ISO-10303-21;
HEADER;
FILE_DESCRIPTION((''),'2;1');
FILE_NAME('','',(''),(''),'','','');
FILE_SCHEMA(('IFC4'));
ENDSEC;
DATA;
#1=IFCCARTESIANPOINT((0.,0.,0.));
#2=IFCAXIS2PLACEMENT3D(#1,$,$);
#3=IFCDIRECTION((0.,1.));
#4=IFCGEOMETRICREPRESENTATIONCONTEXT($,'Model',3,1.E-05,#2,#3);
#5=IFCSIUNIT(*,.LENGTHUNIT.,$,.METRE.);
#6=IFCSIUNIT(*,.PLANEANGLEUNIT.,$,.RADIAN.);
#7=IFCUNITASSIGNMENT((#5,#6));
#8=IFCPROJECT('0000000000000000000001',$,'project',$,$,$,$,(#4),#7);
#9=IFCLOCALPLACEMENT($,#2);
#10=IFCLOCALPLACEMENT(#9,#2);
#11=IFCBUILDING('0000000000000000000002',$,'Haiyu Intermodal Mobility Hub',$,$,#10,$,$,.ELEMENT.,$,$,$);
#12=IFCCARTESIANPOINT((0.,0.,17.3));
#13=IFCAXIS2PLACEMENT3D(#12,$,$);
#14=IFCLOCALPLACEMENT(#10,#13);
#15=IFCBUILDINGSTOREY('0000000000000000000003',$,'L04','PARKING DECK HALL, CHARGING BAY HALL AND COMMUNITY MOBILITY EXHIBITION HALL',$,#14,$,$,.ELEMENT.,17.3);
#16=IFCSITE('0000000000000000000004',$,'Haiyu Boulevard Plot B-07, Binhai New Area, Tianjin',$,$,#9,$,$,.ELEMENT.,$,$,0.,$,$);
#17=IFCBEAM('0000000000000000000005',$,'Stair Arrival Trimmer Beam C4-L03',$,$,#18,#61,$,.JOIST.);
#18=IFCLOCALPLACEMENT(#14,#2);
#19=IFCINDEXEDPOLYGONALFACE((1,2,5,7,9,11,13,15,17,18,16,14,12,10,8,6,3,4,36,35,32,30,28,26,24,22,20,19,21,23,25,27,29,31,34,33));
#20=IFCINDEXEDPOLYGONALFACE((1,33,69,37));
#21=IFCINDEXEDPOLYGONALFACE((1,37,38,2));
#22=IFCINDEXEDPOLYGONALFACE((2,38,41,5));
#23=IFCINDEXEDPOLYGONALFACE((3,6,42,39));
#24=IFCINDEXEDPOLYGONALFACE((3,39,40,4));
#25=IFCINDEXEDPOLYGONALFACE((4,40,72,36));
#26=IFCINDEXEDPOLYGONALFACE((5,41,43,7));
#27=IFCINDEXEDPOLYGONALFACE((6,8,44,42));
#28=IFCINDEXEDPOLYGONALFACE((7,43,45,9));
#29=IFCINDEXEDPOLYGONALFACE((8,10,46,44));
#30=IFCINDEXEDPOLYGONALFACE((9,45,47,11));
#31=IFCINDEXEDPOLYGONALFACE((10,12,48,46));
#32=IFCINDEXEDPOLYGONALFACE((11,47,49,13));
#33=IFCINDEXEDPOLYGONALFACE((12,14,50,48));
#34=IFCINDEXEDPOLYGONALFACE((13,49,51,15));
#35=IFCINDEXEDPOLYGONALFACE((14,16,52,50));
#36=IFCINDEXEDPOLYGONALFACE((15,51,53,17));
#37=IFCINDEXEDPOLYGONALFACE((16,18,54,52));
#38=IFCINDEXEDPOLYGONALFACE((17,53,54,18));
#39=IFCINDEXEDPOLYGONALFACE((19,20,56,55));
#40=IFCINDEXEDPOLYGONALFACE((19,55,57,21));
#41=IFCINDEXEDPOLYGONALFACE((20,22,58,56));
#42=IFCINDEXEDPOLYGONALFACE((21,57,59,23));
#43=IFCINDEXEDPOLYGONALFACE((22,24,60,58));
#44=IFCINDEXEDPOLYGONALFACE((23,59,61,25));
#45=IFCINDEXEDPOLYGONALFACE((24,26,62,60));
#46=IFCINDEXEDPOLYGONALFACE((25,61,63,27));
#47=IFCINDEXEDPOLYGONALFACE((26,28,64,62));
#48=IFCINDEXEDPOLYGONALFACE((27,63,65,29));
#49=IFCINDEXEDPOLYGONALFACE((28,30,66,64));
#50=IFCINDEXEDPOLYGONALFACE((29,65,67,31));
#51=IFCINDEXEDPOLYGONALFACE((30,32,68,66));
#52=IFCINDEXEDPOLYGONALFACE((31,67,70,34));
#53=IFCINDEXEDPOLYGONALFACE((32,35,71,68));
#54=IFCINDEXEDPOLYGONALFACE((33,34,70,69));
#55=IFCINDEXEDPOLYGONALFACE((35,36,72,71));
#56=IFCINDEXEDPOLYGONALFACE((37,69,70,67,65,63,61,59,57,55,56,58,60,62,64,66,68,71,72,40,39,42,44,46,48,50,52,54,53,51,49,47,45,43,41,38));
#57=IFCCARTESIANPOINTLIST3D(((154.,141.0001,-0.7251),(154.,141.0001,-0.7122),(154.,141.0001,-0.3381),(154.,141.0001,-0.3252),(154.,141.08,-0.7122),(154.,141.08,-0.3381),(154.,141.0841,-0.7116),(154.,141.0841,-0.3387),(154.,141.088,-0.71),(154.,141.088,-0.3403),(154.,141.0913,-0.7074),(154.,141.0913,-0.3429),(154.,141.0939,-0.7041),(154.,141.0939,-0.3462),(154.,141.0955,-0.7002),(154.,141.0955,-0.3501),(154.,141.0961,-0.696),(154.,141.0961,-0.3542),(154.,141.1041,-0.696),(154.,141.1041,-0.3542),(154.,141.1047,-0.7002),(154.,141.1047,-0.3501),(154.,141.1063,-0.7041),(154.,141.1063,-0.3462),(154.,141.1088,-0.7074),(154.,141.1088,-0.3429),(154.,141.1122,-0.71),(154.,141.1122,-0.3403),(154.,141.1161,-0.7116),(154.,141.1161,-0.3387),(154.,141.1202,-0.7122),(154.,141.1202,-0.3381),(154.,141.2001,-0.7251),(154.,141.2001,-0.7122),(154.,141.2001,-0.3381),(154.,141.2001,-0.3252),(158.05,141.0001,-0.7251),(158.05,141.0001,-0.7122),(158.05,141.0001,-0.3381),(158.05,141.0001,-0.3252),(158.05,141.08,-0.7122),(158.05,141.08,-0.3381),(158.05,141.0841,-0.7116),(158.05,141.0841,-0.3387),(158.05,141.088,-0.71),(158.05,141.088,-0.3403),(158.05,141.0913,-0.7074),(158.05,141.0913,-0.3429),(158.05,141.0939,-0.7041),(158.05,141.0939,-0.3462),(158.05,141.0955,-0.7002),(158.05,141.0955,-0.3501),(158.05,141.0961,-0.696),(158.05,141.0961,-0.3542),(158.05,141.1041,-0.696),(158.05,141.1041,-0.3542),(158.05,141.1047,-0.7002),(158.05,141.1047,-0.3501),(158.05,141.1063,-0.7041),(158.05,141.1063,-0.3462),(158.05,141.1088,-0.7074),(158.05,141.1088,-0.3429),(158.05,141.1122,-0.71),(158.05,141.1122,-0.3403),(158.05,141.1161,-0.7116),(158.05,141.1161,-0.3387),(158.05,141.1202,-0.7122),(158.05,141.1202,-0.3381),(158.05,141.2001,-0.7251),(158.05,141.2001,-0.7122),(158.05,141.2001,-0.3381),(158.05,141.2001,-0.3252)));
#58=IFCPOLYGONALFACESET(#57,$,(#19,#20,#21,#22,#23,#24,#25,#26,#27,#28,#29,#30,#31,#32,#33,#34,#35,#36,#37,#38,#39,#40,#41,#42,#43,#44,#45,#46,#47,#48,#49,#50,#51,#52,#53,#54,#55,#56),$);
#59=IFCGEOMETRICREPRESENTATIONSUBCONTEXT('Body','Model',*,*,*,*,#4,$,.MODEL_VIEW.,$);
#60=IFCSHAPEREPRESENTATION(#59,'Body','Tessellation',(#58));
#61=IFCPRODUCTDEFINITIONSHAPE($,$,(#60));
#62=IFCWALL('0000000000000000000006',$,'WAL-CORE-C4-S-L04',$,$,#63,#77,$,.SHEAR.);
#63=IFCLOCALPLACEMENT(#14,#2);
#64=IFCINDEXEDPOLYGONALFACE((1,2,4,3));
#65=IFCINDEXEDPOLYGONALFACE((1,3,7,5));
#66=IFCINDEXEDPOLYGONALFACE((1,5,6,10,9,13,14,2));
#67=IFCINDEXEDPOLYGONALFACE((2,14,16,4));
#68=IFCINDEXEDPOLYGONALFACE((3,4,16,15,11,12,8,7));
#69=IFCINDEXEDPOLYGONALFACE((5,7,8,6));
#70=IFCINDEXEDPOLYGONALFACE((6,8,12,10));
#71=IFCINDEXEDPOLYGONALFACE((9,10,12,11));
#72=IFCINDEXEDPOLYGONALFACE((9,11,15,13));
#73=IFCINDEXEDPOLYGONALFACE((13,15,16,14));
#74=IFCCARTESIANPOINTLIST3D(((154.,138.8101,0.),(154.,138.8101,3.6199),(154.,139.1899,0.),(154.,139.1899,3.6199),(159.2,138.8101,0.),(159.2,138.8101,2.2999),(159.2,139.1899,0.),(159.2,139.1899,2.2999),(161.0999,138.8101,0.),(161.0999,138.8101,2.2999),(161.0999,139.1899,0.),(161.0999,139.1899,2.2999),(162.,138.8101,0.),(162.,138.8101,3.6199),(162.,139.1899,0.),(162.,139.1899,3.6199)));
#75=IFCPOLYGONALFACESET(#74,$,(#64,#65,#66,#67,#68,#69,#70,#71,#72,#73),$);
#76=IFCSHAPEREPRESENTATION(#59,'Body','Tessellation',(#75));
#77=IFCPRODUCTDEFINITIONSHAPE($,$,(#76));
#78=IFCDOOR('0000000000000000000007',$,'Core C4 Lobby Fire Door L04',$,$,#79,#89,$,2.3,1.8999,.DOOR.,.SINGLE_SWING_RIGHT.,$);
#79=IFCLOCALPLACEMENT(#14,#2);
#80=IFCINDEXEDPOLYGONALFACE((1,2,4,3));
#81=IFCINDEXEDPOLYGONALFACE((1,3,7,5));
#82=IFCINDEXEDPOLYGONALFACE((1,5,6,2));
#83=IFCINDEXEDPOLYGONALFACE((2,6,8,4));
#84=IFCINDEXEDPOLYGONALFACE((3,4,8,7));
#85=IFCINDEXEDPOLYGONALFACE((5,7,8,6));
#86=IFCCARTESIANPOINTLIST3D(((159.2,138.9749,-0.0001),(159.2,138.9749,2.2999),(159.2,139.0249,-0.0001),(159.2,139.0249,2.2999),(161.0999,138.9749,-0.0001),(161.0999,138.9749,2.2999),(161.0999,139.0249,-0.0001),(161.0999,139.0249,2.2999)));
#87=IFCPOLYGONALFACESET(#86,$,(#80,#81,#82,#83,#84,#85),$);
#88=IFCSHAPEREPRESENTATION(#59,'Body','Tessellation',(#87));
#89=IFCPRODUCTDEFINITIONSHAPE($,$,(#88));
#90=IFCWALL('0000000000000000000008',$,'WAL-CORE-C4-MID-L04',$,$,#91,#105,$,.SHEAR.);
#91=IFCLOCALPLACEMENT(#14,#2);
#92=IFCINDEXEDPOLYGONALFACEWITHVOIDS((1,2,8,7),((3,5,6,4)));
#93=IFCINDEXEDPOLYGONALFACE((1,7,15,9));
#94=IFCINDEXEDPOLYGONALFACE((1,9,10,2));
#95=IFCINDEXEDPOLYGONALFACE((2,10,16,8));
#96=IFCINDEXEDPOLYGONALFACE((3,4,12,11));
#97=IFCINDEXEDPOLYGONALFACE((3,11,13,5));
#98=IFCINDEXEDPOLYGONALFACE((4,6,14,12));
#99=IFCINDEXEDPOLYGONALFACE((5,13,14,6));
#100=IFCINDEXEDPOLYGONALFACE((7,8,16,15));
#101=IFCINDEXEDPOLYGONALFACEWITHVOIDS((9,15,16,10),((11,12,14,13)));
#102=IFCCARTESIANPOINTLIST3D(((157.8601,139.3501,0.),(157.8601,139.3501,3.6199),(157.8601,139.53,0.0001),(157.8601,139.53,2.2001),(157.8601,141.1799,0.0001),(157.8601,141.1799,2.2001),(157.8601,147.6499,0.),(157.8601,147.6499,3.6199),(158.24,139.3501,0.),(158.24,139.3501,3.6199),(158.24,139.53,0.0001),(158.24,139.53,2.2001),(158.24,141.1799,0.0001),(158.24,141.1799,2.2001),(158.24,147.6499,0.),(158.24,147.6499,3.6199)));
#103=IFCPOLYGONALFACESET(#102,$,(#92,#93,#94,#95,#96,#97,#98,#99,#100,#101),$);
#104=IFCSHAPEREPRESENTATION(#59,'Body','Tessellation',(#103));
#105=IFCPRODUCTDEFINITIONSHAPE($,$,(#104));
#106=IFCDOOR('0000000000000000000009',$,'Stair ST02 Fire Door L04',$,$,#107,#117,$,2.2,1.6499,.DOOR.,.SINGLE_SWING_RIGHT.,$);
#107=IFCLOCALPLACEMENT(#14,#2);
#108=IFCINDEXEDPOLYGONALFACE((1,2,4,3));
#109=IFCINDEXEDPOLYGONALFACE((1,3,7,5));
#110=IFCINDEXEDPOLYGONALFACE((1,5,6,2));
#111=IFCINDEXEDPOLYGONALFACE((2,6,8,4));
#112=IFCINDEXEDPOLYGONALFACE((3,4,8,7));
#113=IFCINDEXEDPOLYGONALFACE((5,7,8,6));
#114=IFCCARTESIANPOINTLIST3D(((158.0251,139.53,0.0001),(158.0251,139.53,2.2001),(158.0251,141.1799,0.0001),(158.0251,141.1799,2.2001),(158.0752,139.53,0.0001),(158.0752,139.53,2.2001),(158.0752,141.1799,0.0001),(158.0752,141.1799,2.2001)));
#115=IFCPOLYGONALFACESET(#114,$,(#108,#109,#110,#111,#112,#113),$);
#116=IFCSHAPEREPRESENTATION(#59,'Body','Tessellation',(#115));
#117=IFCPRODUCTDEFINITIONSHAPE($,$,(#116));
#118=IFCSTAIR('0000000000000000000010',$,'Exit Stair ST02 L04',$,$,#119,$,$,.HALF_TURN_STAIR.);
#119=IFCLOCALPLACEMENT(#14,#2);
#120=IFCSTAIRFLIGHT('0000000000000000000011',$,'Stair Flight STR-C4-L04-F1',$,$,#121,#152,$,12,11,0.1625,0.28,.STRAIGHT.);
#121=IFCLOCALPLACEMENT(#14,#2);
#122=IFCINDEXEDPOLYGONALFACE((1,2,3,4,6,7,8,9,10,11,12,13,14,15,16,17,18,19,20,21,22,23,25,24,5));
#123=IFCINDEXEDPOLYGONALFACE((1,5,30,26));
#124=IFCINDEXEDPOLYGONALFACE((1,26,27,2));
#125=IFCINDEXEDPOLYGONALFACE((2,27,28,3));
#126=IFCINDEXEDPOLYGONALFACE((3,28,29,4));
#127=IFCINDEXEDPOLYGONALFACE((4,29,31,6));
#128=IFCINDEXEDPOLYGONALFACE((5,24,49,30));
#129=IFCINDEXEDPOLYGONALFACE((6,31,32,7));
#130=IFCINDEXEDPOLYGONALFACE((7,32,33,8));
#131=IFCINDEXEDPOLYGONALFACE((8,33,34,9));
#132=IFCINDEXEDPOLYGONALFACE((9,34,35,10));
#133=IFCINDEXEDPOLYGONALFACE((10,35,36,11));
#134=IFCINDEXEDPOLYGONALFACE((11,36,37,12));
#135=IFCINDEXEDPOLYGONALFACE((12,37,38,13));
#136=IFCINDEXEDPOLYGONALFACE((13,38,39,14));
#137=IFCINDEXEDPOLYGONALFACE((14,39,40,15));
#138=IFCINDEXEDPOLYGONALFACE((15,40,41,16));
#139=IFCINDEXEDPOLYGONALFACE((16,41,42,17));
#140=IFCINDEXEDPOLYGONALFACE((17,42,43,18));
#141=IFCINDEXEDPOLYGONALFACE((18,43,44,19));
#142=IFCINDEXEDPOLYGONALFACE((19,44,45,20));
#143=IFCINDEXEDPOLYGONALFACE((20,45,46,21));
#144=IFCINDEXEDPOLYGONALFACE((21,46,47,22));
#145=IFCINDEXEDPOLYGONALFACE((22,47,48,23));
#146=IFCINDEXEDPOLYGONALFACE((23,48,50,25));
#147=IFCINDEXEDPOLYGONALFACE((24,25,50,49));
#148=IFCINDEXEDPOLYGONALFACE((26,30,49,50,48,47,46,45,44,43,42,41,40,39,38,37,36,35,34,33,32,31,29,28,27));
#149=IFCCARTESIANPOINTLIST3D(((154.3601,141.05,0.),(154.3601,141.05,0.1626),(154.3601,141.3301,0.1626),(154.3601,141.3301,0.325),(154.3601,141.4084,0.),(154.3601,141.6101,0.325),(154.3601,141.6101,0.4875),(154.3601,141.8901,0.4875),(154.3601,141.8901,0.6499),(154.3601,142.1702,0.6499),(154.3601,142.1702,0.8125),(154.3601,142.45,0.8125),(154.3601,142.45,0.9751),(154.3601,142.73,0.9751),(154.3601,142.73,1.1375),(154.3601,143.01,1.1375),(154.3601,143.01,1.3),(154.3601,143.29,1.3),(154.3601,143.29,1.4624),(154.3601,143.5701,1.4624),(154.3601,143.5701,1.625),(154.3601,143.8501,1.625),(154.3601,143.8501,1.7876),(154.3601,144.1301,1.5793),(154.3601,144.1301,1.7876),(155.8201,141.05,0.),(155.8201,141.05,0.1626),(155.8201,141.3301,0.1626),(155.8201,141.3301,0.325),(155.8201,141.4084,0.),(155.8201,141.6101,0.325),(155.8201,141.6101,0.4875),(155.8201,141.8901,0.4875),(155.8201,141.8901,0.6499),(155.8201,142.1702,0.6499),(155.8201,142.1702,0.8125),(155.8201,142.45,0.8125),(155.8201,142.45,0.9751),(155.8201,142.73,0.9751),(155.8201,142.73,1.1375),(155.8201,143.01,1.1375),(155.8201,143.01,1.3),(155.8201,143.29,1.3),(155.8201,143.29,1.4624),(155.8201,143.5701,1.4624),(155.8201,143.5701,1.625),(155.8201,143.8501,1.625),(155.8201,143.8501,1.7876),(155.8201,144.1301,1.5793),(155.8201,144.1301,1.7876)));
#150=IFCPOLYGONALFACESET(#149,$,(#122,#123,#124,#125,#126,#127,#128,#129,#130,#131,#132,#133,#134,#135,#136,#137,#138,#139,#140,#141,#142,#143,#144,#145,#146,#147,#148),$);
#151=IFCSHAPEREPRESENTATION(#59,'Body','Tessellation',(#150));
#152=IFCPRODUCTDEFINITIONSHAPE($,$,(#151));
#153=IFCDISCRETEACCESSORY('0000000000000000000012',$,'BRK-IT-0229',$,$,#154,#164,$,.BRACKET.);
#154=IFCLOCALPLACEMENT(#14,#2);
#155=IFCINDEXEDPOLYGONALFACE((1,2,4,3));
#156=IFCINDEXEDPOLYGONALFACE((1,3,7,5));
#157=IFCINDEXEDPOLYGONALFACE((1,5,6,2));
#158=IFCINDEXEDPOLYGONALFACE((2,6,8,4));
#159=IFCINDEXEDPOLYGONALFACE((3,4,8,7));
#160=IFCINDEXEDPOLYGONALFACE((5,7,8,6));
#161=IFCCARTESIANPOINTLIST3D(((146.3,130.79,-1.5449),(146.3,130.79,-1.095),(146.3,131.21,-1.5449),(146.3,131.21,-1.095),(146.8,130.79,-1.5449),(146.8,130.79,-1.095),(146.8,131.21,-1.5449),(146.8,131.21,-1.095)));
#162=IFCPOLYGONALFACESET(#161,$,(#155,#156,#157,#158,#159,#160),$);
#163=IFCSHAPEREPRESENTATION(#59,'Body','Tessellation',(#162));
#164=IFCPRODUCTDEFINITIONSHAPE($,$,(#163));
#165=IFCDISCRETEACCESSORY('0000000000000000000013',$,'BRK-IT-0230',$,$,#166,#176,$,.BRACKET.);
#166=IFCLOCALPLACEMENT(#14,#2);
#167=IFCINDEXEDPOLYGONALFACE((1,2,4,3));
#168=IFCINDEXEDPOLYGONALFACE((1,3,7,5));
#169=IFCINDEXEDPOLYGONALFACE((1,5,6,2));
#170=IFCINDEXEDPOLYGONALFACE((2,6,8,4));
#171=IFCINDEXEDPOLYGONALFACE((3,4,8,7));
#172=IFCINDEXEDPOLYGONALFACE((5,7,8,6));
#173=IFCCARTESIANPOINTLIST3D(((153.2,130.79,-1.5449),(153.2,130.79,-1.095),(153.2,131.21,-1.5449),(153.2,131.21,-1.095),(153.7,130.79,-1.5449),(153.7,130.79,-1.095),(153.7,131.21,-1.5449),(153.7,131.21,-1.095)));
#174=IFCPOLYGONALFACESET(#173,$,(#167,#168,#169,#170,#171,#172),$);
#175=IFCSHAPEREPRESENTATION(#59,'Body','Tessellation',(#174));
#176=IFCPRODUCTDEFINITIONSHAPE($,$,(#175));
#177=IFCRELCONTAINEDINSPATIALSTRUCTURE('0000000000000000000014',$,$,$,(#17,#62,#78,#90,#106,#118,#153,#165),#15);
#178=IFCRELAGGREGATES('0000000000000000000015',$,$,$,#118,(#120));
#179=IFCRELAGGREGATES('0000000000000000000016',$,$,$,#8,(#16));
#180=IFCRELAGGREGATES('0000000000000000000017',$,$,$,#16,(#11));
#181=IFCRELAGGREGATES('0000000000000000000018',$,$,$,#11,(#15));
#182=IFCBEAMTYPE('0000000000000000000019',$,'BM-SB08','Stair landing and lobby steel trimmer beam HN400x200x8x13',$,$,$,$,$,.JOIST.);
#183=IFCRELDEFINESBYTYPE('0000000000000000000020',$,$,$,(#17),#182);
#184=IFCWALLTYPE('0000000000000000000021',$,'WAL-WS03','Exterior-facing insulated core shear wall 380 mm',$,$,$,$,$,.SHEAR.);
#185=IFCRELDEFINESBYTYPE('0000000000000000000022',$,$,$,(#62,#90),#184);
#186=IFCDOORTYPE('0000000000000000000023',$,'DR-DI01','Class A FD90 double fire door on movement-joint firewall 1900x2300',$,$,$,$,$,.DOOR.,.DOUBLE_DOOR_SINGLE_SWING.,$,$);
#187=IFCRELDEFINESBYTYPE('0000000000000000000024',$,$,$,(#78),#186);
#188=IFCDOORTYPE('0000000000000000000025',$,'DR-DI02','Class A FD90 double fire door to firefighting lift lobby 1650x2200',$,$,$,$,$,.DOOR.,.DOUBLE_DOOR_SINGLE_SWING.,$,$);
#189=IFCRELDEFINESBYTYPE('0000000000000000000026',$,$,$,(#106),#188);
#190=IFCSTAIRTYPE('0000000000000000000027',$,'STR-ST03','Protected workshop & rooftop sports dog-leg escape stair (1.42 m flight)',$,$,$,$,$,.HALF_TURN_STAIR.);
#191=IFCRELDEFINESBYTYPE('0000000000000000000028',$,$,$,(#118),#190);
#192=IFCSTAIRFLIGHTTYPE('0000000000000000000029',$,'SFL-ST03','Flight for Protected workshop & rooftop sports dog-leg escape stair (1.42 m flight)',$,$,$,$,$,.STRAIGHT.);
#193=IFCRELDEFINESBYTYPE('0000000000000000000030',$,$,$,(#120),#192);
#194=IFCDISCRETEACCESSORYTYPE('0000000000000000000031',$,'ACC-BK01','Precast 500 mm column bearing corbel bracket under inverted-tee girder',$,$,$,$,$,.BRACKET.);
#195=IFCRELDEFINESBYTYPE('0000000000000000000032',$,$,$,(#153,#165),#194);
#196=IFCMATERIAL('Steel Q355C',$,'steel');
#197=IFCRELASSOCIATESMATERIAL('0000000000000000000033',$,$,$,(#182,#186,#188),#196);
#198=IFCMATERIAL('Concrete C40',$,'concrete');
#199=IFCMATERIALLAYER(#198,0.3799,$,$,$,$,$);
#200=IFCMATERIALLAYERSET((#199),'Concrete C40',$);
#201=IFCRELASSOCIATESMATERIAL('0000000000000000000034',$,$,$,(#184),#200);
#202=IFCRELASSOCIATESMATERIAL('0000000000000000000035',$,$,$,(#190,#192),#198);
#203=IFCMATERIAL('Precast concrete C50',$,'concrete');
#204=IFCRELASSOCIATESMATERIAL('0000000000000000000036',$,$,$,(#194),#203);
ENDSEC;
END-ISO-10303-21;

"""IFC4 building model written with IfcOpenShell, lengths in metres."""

from ifc_helpers import new_model, si_unit, direction, frame, frame_2d, origin, origin_2d, place, context, subcontext, project, spatial, polyline, rectangle, i_section, outline, extrude, material, layer, layer_set, material_profile, profile_set, type_object, element, fill, aggregate, save


model = new_model("IFC4")

# Units and contexts
model_context = context("Model", 3, precision=1e-05, world=origin(), true_north=direction((0.0, 1.0)))
body_context = subcontext(model_context, "Body", "Model", "MODEL_VIEW")
ifc_project = project(units=[si_unit("LENGTHUNIT", "METRE"), si_unit("PLANEANGLEUNIT", "RADIAN")], contexts=[model_context])

# Site, building, storey
site_placement = place(None, origin())
site = spatial("IfcSite", under=ifc_project, at=site_placement, Name="Haiyu Boulevard Plot B-07, Binhai New Area, Tianjin", CompositionType="ELEMENT", RefElevation=0.0)
building_placement = place(site_placement, origin())
building = spatial("IfcBuilding", under=site, at=building_placement, Name="Haiyu Intermodal Mobility Hub", CompositionType="ELEMENT")
storey_placement = place(building_placement, frame((0.0, 0.0, 17.3)))
storey = spatial("IfcBuildingStorey", under=building, at=storey_placement, Name="L04", Description="PARKING DECK HALL, CHARGING BAY HALL AND COMMUNITY MOBILITY EXHIBITION HALL", CompositionType="ELEMENT", Elevation=17.3)

# Shared definitions
ifc_material_1 = material(Name="Steel Q355C", Category="steel")

# Beam
ifc_material_2 = material(Name="Concrete C40", Category="concrete")
ifc_material_3 = material(Name="Precast concrete C50", Category="concrete")
ifc_material_profile_1 = material_profile(ifc_material_1, i_section(OverallWidth=0.2, OverallDepth=0.3999, WebThickness=0.0081, FlangeThickness=0.0129, FilletRadius=0.0161, at=origin_2d()), Name="HN400x200x8x13")
ifc_profile_set_1 = profile_set([ifc_material_profile_1], Name="Steel Q355C")
beam_type_1 = type_object("IfcBeamType", Name="BM-SB08", Description="Stair landing and lobby steel trimmer beam HN400x200x8x13", PredefinedType="JOIST", material=ifc_profile_set_1)
beam_placement = place(storey_placement, frame((154.0, 141.1001, -0.5251), z_axis=(1.0, 0.0, 0.0), x_axis=(0.0, 1.0, 0.0)))
element("IfcBeam", 1, at=beam_placement, inside=storey, type_object=beam_type_1, Name="Stair Arrival Trimmer Beam C4-L03", PredefinedType="JOIST", context=body_context, shape_type="SweptSolid", body=[
    extrude(i_section(OverallWidth=0.2, OverallDepth=0.3999, WebThickness=0.0081, FlangeThickness=0.0129, FilletRadius=0.0161, at=origin_2d()), origin(), (0.0, 0.0, 1.0), 4.05),
])

# Walls, openings, doors
ifc_layer = layer(ifc_material_2, 0.3799)
ifc_layer_set = layer_set([ifc_layer], Name="Concrete C40")
wall_type = type_object("IfcWallType", Name="WAL-WS03", Description="Exterior-facing insulated core shear wall 380 mm", PredefinedType="SHEAR", material=ifc_layer_set)
wall_1_placement = place(storey_placement, frame((154.0, 139.0, 0.0), z_axis=(0.0, 0.0, 1.0), x_axis=(1.0, 0.0, 0.0)))
wall_1 = element("IfcWall", 2, at=wall_1_placement, inside=storey, type_object=wall_type, Name="WAL-CORE-C4-S-L04", PredefinedType="SHEAR", context=body_context, shape_type="SweptSolid", body=[
    extrude(rectangle(XDim=8.0, YDim=0.3799, at=frame_2d((4.0, 0.0))), origin(), (0.0, 0.0, 1.0), 3.6199),
])
opening_1_placement = place(wall_1_placement, frame((5.2, 0.0, 0.0)))
opening_1 = element("IfcOpeningElement", 3, at=opening_1_placement, cuts=wall_1, PredefinedType="OPENING", context=body_context, shape_type="SweptSolid", body=[
    extrude(rectangle(XDim=1.8999, YDim=2.3, at=frame_2d((0.95, 1.1499))), frame((0.0, 0.2, 0.0), z_axis=(0.0, -1.0, 0.0), x_axis=(1.0, 0.0, 0.0)), (0.0, 0.0, 1.0), 0.3999),
])
door_type_1 = type_object("IfcDoorType", Name="DR-DI01", Description="Class A FD90 double fire door on movement-joint firewall 1900x2300", OperationType="DOUBLE_DOOR_SINGLE_SWING", PredefinedType="DOOR", material=ifc_material_1)
door_1_placement = place(opening_1_placement, origin())
door_1 = element("IfcDoor", 4, at=door_1_placement, inside=storey, type_object=door_type_1, Name="Core C4 Lobby Fire Door L04", OperationType="SINGLE_SWING_RIGHT", OverallHeight=2.3, OverallWidth=1.8999, PredefinedType="DOOR", context=body_context, shape_type="SweptSolid", body=[
    extrude(rectangle(XDim=1.8999, YDim=2.3, at=frame_2d((0.95, 1.1499))), frame((0.0, 0.0249, 0.0), z_axis=(0.0, -1.0, 0.0), x_axis=(1.0, 0.0, 0.0)), (0.0, 0.0, 1.0), 0.05),
])
fill(opening_1, door_1)
wall_2_placement = place(storey_placement, frame((158.05, 139.3501, 0.0), z_axis=(0.0, 0.0, 1.0), x_axis=(0.0, 1.0, 0.0)))
wall_2 = element("IfcWall", 5, at=wall_2_placement, inside=storey, type_object=wall_type, Name="WAL-CORE-C4-MID-L04", PredefinedType="SHEAR", context=body_context, shape_type="SweptSolid", body=[
    extrude(rectangle(XDim=8.2998, YDim=0.3799, at=frame_2d((4.1499, 0.0))), origin(), (0.0, 0.0, 1.0), 3.6199),
])
opening_2_placement = place(wall_2_placement, frame((0.1799, 0.0, 0.0)))
opening_2 = element("IfcOpeningElement", 6, at=opening_2_placement, cuts=wall_2, PredefinedType="OPENING", context=body_context, shape_type="SweptSolid", body=[
    extrude(rectangle(XDim=1.6499, YDim=2.2, at=frame_2d((0.825, 1.1001))), frame((0.0, 0.2, 0.0), z_axis=(0.0, -1.0, 0.0), x_axis=(1.0, 0.0, 0.0)), (0.0, 0.0, 1.0), 0.3999),
])
door_type_2 = type_object("IfcDoorType", Name="DR-DI02", Description="Class A FD90 double fire door to firefighting lift lobby 1650x2200", OperationType="DOUBLE_DOOR_SINGLE_SWING", PredefinedType="DOOR", material=ifc_material_1)
door_2_placement = place(opening_2_placement, origin())
door_2 = element("IfcDoor", 7, at=door_2_placement, inside=storey, type_object=door_type_2, Name="Stair ST02 Fire Door L04", OperationType="SINGLE_SWING_RIGHT", OverallHeight=2.2, OverallWidth=1.6499, PredefinedType="DOOR", context=body_context, shape_type="SweptSolid", body=[
    extrude(rectangle(XDim=1.6499, YDim=2.2, at=frame_2d((0.825, 1.1001))), frame((0.0, 0.0249, 0.0), z_axis=(0.0, -1.0, 0.0), x_axis=(1.0, 0.0, 0.0)), (0.0, 0.0, 1.0), 0.05),
])
fill(opening_2, door_2)

# Stair, stair flight
stair_type = type_object("IfcStairType", Name="STR-ST03", Description="Protected workshop & rooftop sports dog-leg escape stair (1.42 m flight)", PredefinedType="HALF_TURN_STAIR", material=ifc_material_2)
stair_placement = place(storey_placement, origin())
stair = element("IfcStair", 8, at=stair_placement, inside=storey, type_object=stair_type, Name="Exit Stair ST02 L04", PredefinedType="HALF_TURN_STAIR")
stair_flight_type = type_object("IfcStairFlightType", Name="SFL-ST03", Description="Flight for Protected workshop & rooftop sports dog-leg escape stair (1.42 m flight)", PredefinedType="STRAIGHT", material=ifc_material_2)
stair_flight_placement = place(storey_placement, frame((155.0901, 141.05, 0.0), z_axis=(0.0, 0.0, 1.0), x_axis=(0.0, 1.0, 0.0)))
stair_flight = element("IfcStairFlight", 9, at=stair_flight_placement, type_object=stair_flight_type, Name="Stair Flight STR-C4-L04-F1", NumberOfRisers=12, NumberOfTreads=11, PredefinedType="STRAIGHT", RiserHeight=0.1625, TreadLength=0.28, context=body_context, shape_type="SweptSolid", body=[
    extrude(outline(polyline([(0.0, 0.0), (0.0, 0.1626), (0.28, 0.1626), (0.28, 0.325), (0.5601, 0.325), (0.5601, 0.4875), (0.8401, 0.4875), (0.8401, 0.6499), (1.1201, 0.6499), (1.1201, 0.8125), (1.3999, 0.8125), (1.3999, 0.9751), (1.6799, 0.9751), (1.6799, 1.1375), (1.96, 1.1375), (1.96, 1.3), (2.24, 1.3), (2.24, 1.4624), (2.52, 1.4624), (2.52, 1.625), (2.8, 1.625), (2.8, 1.7876), (3.0801, 1.7876), (3.0801, 1.95), (3.0801, 1.5793), (0.3584, 0.0), (0.0, 0.0)])), frame((0.0, 0.73, 0.0), z_axis=(0.0, -1.0, 0.0), x_axis=(1.0, 0.0, 0.0)), (0.0, 0.0, 1.0), 1.46),
])
aggregate(stair, [stair_flight])

# Discrete accessories
discrete_accessory_type_1 = type_object("IfcDiscreteAccessoryType", Name="ACC-BK01", Description="Precast 500 mm column bearing corbel bracket under inverted-tee girder", PredefinedType="BRACKET", material=ifc_material_3)
for number, where, z_axis, x_axis, name in (
    (10, (146.55, 131.0, -1.5449), (0.0, 0.0, 1.0), (1.0, 0.0, 0.0), "BRK-IT-0229"),
    (11, (153.45, 131.0, -1.5449), (0.0, 0.0, 1.0), (1.0, 0.0, 0.0), "BRK-IT-0230"),
):
    element("IfcDiscreteAccessory", number, at=place(storey_placement, frame(where, z_axis=z_axis, x_axis=x_axis)), inside=storey, type_object=discrete_accessory_type_1, Name=name, PredefinedType="BRACKET", context=body_context, shape_type="SweptSolid", body=[
        extrude(rectangle(XDim=0.5, YDim=0.4199, at=origin_2d()), origin(), (0.0, 0.0, 1.0), 0.45),
    ])

save(model, "model.ifc")
